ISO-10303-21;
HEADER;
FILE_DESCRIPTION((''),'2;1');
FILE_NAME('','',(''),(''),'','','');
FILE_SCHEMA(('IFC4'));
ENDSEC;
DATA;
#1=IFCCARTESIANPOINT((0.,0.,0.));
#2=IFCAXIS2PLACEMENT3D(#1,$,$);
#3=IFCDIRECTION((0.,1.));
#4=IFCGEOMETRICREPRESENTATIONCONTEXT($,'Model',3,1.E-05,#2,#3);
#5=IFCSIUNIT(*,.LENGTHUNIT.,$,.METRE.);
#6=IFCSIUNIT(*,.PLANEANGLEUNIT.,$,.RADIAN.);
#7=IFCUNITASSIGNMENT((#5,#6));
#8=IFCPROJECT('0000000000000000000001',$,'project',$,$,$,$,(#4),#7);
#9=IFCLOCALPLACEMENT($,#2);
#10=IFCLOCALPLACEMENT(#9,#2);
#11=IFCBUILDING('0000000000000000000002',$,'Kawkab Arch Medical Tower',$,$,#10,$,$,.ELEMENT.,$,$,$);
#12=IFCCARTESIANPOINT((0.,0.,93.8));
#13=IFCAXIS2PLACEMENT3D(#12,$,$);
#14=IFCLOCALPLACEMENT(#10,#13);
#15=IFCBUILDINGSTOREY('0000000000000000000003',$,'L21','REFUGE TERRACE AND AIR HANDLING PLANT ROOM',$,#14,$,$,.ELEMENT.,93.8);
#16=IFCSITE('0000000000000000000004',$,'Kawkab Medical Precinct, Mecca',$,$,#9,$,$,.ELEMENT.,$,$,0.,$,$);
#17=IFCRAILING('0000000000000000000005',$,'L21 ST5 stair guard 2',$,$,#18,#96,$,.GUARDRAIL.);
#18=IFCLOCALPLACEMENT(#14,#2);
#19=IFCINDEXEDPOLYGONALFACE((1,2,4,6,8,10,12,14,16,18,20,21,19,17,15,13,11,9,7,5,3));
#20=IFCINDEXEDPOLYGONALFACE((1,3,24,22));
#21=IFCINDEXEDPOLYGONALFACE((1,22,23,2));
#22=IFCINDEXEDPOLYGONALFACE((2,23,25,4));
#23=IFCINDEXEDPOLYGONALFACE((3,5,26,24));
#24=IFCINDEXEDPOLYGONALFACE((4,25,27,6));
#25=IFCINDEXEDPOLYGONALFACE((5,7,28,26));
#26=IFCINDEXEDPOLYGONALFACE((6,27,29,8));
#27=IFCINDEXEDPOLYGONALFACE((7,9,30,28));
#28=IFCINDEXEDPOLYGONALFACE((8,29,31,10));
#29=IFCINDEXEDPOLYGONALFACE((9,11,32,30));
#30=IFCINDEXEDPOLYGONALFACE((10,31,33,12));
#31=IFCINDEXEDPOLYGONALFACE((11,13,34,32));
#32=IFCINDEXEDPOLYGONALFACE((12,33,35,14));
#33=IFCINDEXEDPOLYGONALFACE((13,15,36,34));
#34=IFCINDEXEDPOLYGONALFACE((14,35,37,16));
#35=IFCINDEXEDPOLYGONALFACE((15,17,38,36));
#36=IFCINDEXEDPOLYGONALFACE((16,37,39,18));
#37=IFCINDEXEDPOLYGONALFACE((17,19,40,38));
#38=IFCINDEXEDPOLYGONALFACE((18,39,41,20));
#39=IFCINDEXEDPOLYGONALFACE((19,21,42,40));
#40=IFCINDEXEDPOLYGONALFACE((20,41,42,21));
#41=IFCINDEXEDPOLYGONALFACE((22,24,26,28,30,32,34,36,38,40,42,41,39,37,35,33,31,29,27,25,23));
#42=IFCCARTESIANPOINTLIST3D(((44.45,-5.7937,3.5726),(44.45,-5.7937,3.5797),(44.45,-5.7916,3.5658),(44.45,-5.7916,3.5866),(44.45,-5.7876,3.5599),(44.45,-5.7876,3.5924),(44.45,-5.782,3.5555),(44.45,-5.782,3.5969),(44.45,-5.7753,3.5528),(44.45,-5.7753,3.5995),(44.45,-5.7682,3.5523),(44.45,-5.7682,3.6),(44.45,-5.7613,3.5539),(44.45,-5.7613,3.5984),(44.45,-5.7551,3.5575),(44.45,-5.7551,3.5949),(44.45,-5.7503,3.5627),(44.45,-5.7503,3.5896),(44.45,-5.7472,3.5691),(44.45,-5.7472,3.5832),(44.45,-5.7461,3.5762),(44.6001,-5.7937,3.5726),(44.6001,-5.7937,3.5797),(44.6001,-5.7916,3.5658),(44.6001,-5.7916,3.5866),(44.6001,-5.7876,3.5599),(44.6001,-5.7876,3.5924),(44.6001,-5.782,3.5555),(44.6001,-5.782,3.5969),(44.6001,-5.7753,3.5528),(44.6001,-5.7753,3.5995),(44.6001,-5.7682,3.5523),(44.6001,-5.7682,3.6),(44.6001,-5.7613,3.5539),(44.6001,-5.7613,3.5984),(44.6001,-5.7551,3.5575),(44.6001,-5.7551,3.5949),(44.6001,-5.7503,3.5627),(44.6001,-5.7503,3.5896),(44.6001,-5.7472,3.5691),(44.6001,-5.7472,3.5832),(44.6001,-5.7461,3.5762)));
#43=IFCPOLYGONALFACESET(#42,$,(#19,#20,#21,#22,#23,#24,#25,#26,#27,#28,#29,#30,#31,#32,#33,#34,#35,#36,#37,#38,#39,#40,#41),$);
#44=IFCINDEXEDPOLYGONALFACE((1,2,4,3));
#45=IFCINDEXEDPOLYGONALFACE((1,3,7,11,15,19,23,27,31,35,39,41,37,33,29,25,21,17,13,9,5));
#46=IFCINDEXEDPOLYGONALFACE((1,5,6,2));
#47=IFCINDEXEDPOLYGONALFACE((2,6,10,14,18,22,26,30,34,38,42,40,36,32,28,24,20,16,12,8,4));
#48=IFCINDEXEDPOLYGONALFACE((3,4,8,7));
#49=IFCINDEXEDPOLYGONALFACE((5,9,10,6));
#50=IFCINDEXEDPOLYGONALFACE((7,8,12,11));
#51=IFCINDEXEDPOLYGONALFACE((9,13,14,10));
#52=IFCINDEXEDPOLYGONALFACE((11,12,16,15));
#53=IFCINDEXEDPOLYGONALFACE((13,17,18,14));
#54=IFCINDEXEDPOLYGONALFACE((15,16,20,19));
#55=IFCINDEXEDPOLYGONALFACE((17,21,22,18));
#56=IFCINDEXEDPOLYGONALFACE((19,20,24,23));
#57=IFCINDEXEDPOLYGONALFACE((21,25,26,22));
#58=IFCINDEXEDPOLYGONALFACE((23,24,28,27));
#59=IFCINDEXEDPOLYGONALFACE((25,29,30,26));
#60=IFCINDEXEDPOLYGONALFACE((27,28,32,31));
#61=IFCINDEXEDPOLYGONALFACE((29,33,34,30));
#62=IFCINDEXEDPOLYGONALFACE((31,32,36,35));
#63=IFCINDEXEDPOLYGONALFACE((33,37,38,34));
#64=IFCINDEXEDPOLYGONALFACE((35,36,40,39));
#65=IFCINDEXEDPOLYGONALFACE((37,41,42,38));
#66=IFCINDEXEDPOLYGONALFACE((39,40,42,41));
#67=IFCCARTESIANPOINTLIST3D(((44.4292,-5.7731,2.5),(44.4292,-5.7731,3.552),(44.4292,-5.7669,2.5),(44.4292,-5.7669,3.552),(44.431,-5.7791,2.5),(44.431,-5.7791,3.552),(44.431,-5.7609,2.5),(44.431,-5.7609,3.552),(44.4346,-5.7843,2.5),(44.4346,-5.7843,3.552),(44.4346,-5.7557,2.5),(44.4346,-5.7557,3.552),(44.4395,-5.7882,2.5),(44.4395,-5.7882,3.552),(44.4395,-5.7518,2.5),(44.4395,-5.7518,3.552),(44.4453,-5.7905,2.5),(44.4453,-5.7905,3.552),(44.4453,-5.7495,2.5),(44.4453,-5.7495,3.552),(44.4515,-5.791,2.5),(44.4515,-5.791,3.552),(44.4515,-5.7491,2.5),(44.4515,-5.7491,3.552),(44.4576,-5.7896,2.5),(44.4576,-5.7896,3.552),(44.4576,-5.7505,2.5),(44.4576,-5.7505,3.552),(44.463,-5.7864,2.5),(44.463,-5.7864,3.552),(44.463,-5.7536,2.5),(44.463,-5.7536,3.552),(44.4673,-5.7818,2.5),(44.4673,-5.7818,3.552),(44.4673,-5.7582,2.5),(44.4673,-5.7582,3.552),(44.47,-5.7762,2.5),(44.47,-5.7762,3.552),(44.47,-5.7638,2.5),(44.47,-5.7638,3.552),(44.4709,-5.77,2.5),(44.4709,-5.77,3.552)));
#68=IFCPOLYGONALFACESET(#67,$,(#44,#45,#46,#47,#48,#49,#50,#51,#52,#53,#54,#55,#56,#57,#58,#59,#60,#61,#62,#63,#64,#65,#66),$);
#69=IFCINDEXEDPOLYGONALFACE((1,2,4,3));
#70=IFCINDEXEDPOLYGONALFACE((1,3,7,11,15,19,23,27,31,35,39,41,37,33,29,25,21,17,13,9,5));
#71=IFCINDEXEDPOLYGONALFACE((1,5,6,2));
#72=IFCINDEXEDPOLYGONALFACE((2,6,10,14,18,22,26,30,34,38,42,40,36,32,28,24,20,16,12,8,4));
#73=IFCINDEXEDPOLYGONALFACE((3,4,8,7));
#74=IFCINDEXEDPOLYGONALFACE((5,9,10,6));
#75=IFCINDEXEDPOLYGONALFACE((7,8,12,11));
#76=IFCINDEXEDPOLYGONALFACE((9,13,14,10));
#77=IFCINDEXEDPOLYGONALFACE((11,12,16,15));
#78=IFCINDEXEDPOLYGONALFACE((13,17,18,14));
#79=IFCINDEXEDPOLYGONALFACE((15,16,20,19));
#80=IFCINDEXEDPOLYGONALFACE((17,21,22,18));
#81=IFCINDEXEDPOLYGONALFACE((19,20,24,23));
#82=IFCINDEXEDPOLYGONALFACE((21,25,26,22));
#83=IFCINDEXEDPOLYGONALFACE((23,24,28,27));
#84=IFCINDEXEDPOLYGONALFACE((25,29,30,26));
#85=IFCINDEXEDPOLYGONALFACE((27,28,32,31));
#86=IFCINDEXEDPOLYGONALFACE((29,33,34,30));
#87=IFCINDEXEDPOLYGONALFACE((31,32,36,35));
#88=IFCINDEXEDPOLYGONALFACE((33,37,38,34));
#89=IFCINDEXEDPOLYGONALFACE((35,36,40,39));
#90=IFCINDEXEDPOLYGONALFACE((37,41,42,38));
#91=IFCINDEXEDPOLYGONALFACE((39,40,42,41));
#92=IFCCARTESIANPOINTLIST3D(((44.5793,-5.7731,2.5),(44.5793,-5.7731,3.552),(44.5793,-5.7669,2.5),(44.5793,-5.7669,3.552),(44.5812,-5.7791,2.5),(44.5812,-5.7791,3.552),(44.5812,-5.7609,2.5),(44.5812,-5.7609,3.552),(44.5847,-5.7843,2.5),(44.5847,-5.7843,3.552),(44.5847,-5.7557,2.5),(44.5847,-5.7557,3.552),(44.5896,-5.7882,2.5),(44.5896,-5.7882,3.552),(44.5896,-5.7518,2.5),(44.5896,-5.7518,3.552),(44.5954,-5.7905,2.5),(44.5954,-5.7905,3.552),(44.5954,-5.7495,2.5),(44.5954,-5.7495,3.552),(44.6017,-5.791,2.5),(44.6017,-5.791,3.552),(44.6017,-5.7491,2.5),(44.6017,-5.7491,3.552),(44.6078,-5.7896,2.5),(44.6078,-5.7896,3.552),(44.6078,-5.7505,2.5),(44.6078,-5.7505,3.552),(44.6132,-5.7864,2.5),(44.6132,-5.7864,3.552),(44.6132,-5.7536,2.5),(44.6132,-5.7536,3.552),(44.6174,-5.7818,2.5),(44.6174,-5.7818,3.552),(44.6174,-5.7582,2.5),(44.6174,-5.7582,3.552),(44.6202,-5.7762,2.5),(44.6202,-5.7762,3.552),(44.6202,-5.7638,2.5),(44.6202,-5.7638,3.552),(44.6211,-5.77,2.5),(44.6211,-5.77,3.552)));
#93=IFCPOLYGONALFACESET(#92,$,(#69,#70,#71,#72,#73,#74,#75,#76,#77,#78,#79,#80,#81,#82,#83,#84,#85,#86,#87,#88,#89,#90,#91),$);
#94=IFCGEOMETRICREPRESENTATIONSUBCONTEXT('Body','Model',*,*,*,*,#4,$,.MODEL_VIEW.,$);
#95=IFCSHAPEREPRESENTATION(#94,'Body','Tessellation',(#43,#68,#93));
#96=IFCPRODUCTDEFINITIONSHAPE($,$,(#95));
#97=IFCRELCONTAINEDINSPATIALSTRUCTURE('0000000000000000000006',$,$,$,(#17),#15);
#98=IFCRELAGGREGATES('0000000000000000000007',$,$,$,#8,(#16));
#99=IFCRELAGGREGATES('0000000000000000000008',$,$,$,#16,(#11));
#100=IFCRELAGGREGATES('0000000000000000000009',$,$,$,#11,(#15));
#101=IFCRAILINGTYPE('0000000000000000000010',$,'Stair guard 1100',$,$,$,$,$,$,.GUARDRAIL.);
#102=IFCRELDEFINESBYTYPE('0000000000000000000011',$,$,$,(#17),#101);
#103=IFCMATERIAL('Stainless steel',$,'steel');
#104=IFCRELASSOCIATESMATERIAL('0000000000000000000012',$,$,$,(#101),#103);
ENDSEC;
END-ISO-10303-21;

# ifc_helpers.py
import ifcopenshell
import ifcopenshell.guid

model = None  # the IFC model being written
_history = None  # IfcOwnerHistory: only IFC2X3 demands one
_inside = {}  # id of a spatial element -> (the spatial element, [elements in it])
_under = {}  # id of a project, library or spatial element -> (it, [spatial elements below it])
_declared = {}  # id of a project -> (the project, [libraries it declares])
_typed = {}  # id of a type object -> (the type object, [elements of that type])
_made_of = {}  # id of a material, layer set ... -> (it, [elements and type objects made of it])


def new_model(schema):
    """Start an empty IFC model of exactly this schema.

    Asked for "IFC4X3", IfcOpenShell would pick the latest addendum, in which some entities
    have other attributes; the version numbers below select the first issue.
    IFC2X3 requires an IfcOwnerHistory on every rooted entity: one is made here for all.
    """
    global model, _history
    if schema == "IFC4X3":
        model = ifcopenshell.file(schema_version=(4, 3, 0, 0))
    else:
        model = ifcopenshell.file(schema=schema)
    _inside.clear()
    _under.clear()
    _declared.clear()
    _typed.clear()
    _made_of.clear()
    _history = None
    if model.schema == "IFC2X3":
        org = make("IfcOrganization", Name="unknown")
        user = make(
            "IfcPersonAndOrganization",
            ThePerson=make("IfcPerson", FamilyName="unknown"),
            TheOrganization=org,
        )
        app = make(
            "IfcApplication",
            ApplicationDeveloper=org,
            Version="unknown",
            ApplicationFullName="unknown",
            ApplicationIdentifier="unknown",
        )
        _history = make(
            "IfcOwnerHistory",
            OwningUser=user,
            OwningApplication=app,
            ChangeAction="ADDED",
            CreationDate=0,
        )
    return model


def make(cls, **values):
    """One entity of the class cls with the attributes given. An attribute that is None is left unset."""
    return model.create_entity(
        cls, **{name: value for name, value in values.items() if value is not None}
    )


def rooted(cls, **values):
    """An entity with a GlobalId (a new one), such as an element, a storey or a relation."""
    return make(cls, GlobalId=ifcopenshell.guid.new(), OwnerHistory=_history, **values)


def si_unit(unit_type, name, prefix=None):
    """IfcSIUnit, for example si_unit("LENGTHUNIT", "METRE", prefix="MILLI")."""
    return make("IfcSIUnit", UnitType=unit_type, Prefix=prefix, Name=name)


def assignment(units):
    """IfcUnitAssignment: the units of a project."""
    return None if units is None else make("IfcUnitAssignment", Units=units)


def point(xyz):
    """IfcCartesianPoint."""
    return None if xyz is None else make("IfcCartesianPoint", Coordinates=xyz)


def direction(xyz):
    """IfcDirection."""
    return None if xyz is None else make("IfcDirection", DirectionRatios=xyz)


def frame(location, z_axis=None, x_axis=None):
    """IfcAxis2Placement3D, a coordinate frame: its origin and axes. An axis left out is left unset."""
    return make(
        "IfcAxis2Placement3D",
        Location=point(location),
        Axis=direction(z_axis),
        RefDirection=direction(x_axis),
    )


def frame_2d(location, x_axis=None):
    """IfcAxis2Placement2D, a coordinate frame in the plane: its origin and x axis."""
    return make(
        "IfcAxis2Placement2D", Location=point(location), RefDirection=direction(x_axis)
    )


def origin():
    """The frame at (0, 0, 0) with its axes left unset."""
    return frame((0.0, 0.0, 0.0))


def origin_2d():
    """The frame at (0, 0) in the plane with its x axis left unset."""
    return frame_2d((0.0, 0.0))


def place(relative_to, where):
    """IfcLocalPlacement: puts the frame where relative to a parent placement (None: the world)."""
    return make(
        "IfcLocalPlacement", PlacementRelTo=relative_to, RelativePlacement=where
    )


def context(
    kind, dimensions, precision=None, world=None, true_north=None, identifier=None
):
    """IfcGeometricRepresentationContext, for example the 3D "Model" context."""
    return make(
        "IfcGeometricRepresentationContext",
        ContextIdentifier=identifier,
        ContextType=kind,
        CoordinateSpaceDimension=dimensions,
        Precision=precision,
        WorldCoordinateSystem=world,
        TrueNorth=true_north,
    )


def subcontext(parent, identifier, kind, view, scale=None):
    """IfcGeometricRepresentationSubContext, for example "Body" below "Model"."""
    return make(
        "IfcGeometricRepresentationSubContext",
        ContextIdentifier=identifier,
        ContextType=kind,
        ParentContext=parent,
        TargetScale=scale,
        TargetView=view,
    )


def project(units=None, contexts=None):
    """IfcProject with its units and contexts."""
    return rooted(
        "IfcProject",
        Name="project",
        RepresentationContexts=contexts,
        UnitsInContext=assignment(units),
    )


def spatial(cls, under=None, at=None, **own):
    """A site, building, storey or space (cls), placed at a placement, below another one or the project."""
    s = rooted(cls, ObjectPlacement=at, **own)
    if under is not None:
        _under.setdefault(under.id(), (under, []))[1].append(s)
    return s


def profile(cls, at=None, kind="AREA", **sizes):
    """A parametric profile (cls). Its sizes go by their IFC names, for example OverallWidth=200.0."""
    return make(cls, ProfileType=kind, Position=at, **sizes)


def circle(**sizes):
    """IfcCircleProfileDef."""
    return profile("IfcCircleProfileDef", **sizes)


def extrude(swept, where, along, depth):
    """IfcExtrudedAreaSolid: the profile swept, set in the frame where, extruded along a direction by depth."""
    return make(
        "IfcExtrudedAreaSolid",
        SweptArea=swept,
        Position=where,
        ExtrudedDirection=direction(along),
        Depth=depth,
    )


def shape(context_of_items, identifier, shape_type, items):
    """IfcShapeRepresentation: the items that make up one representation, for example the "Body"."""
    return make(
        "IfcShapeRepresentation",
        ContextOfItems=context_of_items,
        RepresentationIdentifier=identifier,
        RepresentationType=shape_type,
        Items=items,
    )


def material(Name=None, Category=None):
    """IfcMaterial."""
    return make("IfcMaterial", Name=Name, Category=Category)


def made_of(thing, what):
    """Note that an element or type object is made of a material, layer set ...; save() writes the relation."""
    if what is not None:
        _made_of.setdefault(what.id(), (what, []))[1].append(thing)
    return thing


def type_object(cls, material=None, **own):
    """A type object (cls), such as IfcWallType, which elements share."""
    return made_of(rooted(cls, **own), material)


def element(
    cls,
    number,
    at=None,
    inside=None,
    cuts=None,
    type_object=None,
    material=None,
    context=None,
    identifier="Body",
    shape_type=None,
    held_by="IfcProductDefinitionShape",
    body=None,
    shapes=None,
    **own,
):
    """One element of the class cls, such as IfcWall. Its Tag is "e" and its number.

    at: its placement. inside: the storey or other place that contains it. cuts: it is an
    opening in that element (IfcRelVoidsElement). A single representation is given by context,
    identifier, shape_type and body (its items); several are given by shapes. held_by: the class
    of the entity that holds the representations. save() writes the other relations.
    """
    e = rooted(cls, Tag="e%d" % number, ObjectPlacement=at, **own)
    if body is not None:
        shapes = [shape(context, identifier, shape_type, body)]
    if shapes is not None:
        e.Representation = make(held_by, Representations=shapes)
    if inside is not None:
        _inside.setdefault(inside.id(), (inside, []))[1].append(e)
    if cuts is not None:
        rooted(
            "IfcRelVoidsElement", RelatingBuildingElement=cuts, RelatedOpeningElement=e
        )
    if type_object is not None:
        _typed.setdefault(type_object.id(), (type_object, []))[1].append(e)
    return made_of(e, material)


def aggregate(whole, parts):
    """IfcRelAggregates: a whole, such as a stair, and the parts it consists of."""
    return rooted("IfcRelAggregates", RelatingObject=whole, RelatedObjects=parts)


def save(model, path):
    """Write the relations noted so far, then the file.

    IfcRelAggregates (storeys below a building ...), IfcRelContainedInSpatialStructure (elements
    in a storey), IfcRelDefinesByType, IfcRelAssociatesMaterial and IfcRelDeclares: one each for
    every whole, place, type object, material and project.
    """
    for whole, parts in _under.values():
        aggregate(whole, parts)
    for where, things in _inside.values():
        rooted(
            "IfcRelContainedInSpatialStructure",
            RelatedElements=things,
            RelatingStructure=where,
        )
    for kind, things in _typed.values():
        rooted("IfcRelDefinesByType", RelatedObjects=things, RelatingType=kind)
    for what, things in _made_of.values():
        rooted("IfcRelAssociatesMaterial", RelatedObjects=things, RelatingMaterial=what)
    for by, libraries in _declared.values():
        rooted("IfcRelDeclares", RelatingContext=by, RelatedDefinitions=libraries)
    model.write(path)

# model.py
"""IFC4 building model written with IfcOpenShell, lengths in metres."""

from ifc_helpers import new_model, si_unit, direction, frame, origin, origin_2d, place, context, subcontext, project, spatial, circle, extrude, material, type_object, element, save


model = new_model("IFC4")

# Units and contexts
model_context = context("Model", 3, precision=1e-05, world=origin(), true_north=direction((0.0, 1.0)))
body_context = subcontext(model_context, "Body", "Model", "MODEL_VIEW")
ifc_project = project(units=[si_unit("LENGTHUNIT", "METRE"), si_unit("PLANEANGLEUNIT", "RADIAN")], contexts=[model_context])

# Site, building, storey
site_placement = place(None, origin())
site = spatial("IfcSite", under=ifc_project, at=site_placement, Name="Kawkab Medical Precinct, Mecca", CompositionType="ELEMENT", RefElevation=0.0)
building_placement = place(site_placement, origin())
building = spatial("IfcBuilding", under=site, at=building_placement, Name="Kawkab Arch Medical Tower", CompositionType="ELEMENT")
storey_placement = place(building_placement, frame((0.0, 0.0, 93.8)))
storey = spatial("IfcBuildingStorey", under=building, at=storey_placement, Name="L21", Description="REFUGE TERRACE AND AIR HANDLING PLANT ROOM", CompositionType="ELEMENT", Elevation=93.8)

# Railing
ifc_material_1 = material(Name="Stainless steel", Category="steel")
railing_type = type_object("IfcRailingType", Name="Stair guard 1100", PredefinedType="GUARDRAIL", material=ifc_material_1)
railing_1_placement = place(storey_placement, frame((44.45, -5.77, 2.5)))
element("IfcRailing", 1, at=railing_1_placement, inside=storey, type_object=railing_type, Name="L21 ST5 stair guard 2", PredefinedType="GUARDRAIL", context=body_context, shape_type="SweptSolid", body=[
    extrude(circle(Radius=0.0239, at=origin_2d()), frame((0.0, 0.0, 1.0762), z_axis=(1.0, 0.0, 0.0), x_axis=(0.0, 1.0, 0.0)), (0.0, 0.0, 1.0), 0.1501),
    extrude(circle(Radius=0.021, at=origin_2d()), origin(), (0.0, 0.0, 1.0), 1.052),
    extrude(circle(Radius=0.021, at=origin_2d()), frame((0.1501, 0.0, 0.0)), (0.0, 0.0, 1.0), 1.052),
])

save(model, "model.ifc")
